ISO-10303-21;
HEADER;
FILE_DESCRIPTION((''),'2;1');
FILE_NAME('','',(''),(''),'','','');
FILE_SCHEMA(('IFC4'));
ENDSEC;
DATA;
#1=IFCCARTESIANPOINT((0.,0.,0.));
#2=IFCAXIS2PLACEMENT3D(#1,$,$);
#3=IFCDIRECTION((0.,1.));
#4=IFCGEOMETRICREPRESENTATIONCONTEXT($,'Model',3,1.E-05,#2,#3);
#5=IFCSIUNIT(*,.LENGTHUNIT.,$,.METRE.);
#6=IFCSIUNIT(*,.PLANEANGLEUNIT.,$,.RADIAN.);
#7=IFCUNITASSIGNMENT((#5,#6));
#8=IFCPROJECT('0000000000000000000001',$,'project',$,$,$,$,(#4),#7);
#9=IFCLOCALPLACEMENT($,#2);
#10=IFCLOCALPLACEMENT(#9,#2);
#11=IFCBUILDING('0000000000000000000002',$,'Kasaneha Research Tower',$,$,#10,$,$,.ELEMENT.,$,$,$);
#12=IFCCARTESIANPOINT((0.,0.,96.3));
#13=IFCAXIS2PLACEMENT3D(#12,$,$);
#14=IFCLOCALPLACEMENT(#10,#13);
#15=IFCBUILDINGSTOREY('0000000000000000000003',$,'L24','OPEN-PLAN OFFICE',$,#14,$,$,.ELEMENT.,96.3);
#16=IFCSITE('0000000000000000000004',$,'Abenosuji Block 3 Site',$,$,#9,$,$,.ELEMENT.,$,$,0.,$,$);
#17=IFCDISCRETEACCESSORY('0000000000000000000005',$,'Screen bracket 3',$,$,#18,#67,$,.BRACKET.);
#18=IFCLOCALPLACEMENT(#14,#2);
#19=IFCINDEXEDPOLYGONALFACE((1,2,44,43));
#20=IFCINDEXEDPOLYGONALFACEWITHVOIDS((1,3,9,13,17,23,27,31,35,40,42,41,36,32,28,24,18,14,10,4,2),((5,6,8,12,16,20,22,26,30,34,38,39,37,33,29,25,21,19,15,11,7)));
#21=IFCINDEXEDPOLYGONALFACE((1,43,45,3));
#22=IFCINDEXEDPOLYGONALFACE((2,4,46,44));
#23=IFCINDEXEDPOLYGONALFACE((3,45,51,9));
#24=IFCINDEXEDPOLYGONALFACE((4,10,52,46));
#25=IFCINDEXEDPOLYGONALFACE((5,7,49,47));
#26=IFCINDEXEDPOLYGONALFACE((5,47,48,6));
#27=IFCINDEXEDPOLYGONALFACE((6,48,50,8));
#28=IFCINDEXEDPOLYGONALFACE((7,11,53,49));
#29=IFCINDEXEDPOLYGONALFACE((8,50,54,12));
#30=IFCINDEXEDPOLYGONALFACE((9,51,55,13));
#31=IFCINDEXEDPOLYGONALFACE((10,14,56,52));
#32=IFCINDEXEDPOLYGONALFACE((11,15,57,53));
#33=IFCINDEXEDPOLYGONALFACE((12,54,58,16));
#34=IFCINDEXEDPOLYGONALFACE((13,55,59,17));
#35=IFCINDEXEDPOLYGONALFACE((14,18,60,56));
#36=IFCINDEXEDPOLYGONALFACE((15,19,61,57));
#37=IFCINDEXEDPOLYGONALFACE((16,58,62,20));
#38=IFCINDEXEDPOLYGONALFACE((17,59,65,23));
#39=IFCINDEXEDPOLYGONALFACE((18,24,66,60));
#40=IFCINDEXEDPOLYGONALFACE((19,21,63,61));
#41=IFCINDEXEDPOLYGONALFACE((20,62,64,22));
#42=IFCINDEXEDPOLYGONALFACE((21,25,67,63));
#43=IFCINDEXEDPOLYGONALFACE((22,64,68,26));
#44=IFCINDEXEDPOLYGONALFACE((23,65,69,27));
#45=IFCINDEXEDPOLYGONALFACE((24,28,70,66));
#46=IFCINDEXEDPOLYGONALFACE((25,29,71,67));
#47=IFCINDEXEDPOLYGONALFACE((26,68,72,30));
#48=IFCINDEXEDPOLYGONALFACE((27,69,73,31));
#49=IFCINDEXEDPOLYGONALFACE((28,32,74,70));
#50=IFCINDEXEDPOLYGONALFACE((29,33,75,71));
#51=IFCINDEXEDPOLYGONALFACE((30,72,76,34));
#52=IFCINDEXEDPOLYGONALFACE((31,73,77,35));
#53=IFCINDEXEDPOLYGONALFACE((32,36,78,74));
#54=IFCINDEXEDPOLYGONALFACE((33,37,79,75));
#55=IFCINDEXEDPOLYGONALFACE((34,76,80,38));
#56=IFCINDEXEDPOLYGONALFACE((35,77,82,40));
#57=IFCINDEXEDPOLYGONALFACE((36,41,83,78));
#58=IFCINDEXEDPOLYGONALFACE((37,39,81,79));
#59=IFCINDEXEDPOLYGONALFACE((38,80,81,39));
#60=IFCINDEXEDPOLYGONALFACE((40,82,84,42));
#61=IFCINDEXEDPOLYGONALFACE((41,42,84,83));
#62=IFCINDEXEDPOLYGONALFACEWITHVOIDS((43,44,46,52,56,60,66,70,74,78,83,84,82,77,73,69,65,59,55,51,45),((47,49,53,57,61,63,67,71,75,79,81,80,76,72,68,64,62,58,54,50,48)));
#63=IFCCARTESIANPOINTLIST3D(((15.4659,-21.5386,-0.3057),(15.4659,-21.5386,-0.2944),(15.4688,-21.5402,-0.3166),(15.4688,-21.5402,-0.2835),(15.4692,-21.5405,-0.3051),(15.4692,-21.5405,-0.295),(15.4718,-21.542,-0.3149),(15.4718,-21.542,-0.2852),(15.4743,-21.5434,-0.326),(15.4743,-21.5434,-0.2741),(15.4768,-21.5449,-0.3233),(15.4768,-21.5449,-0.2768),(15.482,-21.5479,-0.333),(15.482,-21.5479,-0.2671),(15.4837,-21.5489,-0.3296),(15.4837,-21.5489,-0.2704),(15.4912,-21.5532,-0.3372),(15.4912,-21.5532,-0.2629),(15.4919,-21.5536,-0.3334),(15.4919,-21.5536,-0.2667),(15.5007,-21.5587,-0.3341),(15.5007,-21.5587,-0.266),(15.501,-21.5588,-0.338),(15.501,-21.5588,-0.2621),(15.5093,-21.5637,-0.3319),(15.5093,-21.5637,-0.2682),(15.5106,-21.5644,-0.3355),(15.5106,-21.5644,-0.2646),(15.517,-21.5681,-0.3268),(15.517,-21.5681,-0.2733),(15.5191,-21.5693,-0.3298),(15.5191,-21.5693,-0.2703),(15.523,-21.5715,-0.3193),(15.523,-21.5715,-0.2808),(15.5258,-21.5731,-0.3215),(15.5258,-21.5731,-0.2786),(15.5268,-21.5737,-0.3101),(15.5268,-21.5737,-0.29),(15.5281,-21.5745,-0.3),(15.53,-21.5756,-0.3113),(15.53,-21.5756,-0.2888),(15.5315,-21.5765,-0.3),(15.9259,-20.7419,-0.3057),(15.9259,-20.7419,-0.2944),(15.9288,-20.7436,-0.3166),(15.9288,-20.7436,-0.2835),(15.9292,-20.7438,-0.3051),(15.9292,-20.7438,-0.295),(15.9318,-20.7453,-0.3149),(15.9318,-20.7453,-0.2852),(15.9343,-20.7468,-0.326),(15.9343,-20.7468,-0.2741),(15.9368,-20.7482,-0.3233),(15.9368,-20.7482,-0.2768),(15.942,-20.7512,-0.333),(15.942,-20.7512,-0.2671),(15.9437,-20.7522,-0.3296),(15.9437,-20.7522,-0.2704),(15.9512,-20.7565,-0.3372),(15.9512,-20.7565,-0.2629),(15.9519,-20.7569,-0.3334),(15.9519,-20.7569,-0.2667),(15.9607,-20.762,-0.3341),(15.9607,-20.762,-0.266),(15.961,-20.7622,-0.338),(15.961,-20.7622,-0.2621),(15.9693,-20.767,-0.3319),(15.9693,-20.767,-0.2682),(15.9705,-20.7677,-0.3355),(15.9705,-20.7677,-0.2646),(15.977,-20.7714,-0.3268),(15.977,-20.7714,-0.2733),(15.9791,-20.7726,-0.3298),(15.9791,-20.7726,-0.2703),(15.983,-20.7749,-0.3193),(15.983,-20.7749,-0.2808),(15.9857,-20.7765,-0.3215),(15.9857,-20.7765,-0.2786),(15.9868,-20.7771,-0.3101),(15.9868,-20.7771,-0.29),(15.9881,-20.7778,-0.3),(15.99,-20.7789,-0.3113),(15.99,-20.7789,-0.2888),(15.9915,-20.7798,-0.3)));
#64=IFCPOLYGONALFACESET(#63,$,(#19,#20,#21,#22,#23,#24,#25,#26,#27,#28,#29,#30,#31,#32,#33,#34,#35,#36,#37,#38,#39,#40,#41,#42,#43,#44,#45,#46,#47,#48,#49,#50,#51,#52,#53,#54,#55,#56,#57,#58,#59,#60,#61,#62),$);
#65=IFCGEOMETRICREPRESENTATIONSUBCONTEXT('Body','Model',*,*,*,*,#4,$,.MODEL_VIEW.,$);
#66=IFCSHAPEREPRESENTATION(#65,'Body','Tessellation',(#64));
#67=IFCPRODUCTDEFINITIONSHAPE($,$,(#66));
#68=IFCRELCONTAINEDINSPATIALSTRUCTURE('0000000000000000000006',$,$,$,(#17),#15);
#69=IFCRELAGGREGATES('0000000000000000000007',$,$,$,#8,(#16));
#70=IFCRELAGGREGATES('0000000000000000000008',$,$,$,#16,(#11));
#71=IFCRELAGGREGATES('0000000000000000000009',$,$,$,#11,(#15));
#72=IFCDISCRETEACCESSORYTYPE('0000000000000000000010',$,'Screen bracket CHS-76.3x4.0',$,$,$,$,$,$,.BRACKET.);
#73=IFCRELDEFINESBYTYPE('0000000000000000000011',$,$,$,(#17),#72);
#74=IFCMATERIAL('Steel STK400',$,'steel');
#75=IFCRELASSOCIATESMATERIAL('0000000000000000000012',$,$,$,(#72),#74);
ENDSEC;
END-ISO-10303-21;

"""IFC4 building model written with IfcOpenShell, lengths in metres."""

from ifc_helpers import new_model, si_unit, direction, frame, origin, origin_2d, place, context, subcontext, project, spatial, hollow_circle, extrude, material, material_profile, profile_set, type_object, element, save


model = new_model("IFC4")

# Units and contexts
model_context = context("Model", 3, precision=1e-05, world=origin(), true_north=direction((0.0, 1.0)))
body_context = subcontext(model_context, "Body", "Model", "MODEL_VIEW")
ifc_project = project(units=[si_unit("LENGTHUNIT", "METRE"), si_unit("PLANEANGLEUNIT", "RADIAN")], contexts=[model_context])

# Site, building, storey
site_placement = place(None, origin())
site = spatial("IfcSite", under=ifc_project, at=site_placement, Name="Abenosuji Block 3 Site", CompositionType="ELEMENT", RefElevation=0.0)
building_placement = place(site_placement, origin())
building = spatial("IfcBuilding", under=site, at=building_placement, Name="Kasaneha Research Tower", CompositionType="ELEMENT")
storey_placement = place(building_placement, frame((0.0, 0.0, 96.3)))
storey = spatial("IfcBuildingStorey", under=building, at=storey_placement, Name="L24", Description="OPEN-PLAN OFFICE", CompositionType="ELEMENT", Elevation=96.3)

# Discrete accessory
ifc_material_1 = material(Name="Steel STK400", Category="steel")
ifc_material_profile_1 = material_profile(ifc_material_1, hollow_circle(Radius=0.0381, WallThickness=0.0039, at=origin_2d()), Name="CHS-76.3x4.0")
ifc_profile_set_1 = profile_set([ifc_material_profile_1], Name="Steel STK400")
discrete_accessory_type = type_object("IfcDiscreteAccessoryType", Name="Screen bracket CHS-76.3x4.0", PredefinedType="BRACKET", material=ifc_profile_set_1)
discrete_accessory_1_placement = place(storey_placement, frame((15.9585, -20.7607, -0.3), z_axis=(-0.500021, -0.866013, 0.0), x_axis=(0.866013, -0.500021, 0.0)))
element("IfcDiscreteAccessory", 1, at=discrete_accessory_1_placement, inside=storey, type_object=discrete_accessory_type, Name="Screen bracket 3", PredefinedType="BRACKET", context=body_context, shape_type="SweptSolid", body=[
    extrude(hollow_circle(Radius=0.0381, WallThickness=0.0039, at=origin_2d()), origin(), (0.0, 0.0, 1.0), 0.9199),
])

save(model, "model.ifc")
